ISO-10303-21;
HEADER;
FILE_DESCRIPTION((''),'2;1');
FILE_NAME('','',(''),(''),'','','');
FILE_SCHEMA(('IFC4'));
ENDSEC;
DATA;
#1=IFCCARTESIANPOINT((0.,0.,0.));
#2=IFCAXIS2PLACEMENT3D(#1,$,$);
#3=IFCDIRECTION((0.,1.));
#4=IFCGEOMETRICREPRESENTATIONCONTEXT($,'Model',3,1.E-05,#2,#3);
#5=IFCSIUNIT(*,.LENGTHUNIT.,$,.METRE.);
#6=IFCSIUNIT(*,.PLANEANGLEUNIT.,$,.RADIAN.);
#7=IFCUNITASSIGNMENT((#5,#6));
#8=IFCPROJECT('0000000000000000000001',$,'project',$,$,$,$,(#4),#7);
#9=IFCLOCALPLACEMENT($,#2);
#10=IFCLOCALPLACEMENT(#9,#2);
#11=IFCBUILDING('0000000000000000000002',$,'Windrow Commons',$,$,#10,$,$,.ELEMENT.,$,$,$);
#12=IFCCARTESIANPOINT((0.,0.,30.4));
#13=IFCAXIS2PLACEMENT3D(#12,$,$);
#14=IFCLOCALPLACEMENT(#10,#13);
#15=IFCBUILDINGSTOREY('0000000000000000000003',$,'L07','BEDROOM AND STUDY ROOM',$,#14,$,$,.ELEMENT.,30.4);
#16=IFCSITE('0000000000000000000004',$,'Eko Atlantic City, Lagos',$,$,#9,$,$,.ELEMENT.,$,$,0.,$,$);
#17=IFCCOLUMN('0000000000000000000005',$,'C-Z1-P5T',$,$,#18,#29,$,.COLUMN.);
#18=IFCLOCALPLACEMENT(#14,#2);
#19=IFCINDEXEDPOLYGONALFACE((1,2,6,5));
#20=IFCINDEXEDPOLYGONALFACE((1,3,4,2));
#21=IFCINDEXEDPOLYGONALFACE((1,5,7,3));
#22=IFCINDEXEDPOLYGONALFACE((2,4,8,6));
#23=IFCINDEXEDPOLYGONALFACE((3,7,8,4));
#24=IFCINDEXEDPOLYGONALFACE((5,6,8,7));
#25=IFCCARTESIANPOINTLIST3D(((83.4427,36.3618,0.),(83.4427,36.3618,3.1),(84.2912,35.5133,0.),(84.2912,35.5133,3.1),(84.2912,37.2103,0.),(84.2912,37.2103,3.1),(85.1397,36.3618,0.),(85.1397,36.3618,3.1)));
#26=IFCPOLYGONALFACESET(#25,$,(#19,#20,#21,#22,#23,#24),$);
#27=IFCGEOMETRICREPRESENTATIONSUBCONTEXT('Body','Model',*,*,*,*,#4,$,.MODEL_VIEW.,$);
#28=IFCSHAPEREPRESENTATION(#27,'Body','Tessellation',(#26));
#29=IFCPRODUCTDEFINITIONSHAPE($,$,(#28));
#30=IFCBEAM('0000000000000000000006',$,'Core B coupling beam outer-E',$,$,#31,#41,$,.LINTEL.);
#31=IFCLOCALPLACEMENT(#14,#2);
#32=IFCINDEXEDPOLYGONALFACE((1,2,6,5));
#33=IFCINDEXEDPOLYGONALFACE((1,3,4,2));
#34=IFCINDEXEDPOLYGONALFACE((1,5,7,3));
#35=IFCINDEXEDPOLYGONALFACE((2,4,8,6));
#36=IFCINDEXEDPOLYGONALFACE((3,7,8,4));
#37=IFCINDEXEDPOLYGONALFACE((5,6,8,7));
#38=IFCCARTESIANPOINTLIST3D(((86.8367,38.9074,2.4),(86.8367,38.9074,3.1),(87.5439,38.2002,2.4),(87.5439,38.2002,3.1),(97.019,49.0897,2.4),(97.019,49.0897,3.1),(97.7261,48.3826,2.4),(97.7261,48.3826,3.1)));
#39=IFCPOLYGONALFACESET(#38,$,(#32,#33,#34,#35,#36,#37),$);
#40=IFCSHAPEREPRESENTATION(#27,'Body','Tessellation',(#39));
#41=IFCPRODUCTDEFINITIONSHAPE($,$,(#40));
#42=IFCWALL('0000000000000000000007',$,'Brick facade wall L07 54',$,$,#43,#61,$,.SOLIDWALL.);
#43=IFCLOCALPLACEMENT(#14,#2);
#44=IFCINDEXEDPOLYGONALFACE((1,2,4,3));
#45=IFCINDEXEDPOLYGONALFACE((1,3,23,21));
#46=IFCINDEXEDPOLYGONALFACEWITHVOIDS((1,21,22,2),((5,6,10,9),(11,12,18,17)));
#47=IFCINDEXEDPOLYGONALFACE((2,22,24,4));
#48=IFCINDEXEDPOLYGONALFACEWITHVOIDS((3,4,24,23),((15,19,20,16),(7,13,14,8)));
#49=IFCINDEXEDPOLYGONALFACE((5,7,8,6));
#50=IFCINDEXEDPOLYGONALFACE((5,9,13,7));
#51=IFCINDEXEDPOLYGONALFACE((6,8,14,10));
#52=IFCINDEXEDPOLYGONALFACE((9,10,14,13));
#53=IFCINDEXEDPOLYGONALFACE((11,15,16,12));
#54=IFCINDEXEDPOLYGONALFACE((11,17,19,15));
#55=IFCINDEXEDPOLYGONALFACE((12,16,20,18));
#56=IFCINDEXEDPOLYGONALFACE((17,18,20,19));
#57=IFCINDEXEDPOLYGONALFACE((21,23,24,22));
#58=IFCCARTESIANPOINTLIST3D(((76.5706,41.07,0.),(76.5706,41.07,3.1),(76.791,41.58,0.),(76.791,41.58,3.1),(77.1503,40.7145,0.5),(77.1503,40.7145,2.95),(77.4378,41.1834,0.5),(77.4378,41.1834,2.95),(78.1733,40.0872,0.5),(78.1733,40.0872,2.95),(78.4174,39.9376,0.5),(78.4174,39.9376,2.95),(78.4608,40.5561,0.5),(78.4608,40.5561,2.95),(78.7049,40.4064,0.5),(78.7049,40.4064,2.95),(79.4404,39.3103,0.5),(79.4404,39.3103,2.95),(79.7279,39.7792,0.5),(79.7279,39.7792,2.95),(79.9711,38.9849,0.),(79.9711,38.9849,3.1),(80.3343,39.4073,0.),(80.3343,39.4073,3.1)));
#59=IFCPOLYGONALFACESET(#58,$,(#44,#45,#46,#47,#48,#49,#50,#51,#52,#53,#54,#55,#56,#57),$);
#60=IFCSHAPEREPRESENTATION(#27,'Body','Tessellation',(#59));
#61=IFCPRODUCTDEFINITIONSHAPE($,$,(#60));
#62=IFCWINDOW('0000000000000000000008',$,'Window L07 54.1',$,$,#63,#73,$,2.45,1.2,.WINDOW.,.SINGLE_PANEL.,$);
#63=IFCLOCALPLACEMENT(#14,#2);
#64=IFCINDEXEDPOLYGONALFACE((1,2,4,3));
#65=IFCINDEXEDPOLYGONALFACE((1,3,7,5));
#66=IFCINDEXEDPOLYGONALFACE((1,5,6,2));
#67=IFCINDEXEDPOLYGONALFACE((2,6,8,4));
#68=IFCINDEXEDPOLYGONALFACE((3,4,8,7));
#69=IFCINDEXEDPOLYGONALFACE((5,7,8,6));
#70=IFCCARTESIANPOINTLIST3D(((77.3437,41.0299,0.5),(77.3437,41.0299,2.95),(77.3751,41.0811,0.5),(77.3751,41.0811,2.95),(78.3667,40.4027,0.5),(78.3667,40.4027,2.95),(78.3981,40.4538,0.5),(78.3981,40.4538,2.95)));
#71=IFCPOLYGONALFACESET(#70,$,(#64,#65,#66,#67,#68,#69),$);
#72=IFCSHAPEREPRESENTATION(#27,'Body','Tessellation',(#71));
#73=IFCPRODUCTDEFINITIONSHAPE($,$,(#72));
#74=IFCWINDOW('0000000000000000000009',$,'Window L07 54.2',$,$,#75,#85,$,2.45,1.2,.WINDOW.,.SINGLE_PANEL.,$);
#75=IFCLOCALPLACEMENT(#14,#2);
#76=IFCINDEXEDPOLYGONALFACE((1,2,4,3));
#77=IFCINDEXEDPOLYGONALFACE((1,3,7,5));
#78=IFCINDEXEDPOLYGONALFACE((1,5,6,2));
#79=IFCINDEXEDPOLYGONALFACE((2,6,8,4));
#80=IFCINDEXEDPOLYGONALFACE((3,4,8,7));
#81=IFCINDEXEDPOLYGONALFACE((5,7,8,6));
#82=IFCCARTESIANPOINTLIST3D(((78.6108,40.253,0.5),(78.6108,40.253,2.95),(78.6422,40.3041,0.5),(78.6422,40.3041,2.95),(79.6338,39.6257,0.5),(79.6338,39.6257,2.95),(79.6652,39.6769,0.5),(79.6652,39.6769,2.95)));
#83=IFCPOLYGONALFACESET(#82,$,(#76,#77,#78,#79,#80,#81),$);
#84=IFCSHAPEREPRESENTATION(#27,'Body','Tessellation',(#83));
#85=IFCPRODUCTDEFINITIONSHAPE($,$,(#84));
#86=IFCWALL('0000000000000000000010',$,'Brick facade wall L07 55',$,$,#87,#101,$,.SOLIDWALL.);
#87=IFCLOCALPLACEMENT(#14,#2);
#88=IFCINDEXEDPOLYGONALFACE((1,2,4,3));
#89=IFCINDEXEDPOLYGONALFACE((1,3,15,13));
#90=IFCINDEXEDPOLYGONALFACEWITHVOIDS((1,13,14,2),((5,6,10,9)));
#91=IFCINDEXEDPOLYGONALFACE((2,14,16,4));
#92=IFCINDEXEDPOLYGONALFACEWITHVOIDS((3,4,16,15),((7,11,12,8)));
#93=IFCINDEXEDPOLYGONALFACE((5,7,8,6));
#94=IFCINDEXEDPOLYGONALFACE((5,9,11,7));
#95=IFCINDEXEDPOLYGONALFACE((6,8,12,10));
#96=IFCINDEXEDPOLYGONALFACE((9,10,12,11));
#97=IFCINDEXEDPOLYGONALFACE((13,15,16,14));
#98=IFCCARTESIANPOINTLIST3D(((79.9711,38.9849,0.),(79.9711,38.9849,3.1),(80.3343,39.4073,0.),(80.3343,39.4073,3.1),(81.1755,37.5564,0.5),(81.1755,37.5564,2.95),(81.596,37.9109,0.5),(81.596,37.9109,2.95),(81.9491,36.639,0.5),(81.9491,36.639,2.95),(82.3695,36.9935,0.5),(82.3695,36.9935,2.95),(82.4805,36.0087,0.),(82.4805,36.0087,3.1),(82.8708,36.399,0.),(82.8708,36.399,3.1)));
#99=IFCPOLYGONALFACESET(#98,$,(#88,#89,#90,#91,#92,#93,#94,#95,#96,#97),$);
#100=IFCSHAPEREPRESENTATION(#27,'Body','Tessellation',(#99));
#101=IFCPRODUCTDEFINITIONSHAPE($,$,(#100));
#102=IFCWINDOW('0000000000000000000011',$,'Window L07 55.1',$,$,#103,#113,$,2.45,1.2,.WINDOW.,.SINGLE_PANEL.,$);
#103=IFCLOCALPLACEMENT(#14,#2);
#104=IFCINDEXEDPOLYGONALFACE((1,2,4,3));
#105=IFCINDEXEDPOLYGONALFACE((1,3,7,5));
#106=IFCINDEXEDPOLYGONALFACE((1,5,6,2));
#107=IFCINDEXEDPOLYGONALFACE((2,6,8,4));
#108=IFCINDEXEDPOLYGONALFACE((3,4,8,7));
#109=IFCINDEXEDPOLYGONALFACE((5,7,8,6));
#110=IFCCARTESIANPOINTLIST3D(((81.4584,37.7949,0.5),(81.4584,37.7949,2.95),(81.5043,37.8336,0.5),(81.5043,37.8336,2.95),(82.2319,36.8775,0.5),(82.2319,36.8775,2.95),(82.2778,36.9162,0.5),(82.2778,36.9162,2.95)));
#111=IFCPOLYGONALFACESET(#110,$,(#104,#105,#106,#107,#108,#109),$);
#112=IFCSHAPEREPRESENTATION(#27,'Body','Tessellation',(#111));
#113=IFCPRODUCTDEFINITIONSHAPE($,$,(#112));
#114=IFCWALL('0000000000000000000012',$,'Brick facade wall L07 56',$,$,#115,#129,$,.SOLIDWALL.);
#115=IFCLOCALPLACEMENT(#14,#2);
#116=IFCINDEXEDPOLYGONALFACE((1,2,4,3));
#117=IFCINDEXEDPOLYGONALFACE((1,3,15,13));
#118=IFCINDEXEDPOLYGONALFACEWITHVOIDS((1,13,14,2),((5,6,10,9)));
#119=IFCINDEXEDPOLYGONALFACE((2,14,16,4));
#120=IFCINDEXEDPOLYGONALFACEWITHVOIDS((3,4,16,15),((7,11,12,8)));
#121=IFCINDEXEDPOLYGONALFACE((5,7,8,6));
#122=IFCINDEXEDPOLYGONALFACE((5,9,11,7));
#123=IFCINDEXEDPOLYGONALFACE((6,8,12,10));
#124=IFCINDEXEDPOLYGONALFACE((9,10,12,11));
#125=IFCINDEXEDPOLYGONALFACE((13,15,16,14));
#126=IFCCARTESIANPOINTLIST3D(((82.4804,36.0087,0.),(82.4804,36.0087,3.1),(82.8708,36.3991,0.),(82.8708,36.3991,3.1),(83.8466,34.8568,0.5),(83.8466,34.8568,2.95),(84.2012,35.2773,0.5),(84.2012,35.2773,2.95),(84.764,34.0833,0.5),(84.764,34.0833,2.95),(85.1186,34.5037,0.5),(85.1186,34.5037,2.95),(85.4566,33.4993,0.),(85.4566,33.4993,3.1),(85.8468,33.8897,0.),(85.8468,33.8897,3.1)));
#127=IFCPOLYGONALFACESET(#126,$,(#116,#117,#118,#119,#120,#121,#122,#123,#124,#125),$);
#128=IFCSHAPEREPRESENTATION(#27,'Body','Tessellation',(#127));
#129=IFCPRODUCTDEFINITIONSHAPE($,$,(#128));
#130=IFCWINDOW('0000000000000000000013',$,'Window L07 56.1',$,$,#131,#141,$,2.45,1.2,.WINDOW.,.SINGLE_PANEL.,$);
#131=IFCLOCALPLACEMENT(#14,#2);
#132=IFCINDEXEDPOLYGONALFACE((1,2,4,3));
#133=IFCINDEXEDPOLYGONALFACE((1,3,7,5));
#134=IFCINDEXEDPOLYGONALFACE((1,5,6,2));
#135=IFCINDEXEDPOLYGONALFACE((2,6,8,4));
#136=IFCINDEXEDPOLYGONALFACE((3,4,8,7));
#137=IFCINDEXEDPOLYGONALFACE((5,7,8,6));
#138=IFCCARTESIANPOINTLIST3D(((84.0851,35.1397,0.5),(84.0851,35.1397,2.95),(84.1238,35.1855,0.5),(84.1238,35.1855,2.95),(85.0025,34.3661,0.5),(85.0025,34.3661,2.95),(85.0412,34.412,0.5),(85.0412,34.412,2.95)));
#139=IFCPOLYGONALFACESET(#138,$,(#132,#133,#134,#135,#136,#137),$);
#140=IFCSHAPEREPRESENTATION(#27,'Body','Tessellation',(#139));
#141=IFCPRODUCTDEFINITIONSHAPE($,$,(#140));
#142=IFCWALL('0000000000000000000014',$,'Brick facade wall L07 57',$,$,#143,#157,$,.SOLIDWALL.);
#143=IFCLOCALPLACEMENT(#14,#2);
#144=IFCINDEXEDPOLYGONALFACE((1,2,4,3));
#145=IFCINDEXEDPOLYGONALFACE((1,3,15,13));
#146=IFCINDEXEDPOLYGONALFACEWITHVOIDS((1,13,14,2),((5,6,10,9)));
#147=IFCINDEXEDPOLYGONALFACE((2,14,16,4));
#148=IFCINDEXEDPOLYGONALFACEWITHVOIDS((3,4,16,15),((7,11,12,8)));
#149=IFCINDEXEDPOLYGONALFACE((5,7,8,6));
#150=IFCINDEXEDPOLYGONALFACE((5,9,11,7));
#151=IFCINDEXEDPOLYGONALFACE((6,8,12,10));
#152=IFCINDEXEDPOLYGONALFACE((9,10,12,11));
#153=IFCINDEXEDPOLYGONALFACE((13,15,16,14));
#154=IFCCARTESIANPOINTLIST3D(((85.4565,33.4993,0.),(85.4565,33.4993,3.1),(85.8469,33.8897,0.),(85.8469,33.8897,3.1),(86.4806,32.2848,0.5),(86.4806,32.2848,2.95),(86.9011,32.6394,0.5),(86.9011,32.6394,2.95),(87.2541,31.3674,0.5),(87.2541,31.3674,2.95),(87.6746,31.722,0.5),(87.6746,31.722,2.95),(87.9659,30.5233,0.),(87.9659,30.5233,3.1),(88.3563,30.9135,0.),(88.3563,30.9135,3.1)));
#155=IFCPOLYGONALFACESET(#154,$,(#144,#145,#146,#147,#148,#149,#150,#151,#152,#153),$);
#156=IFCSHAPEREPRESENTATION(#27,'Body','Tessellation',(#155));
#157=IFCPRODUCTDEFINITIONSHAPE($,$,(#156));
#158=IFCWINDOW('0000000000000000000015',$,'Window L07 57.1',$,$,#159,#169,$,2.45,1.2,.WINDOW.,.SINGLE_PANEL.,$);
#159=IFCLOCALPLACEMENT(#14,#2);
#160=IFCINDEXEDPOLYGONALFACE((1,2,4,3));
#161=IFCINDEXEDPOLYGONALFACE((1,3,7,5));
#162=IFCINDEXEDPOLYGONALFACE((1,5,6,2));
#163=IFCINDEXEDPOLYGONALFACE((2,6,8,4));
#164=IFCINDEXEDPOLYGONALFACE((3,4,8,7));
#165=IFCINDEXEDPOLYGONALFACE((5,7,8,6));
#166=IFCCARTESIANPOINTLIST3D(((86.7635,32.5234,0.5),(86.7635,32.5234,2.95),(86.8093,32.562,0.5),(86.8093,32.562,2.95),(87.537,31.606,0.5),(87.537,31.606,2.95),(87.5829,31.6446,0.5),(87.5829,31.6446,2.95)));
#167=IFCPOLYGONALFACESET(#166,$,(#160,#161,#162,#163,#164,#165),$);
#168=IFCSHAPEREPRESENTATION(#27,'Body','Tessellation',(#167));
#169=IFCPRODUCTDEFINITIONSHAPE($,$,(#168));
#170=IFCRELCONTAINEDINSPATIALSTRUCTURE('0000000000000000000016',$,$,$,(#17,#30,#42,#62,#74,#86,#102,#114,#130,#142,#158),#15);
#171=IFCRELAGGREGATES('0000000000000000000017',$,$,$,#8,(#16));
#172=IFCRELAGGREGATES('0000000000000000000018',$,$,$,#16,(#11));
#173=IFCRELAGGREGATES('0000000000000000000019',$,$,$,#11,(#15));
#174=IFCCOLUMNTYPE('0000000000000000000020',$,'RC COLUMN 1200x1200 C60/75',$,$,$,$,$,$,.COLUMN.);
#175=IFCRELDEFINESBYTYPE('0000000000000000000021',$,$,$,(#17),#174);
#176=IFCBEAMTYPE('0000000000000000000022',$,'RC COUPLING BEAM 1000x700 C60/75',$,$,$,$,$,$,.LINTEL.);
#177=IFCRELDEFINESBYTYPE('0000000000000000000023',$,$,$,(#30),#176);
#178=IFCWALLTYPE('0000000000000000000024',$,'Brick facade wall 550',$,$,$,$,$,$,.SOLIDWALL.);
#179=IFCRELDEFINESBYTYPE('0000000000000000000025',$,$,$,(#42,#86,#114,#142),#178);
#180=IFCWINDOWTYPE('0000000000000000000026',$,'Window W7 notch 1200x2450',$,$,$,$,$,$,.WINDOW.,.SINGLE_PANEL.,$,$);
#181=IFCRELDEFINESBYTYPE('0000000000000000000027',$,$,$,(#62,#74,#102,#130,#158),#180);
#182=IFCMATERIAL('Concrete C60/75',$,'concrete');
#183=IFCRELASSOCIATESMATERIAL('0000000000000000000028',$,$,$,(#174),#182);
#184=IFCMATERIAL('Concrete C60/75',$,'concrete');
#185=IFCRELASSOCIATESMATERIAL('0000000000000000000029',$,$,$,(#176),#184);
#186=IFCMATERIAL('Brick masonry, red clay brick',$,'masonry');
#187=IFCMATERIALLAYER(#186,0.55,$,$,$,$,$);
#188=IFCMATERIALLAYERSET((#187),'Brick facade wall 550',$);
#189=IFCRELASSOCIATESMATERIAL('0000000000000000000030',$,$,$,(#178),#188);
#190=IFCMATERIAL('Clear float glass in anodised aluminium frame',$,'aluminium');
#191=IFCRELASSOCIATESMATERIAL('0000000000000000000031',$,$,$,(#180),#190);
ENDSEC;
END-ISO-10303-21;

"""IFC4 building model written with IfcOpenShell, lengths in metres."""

from ifc_helpers import new_model, si_unit, direction, frame, frame_2d, origin, origin_2d, place, context, subcontext, project, spatial, polyline, rectangle, outline, extrude, material, layer, layer_set, material_profile, profile_set, type_object, element, fill, save


model = new_model("IFC4")

# Units and contexts
model_context = context("Model", 3, precision=1e-05, world=origin(), true_north=direction((0.0, 1.0)))
body_context = subcontext(model_context, "Body", "Model", "MODEL_VIEW")
ifc_project = project(units=[si_unit("LENGTHUNIT", "METRE"), si_unit("PLANEANGLEUNIT", "RADIAN")], contexts=[model_context])

# Site, building, storey
site_placement = place(None, origin())
site = spatial("IfcSite", under=ifc_project, at=site_placement, Name="Eko Atlantic City, Lagos", CompositionType="ELEMENT", RefElevation=0.0)
building_placement = place(site_placement, origin())
building = spatial("IfcBuilding", under=site, at=building_placement, Name="Windrow Commons", CompositionType="ELEMENT")
storey_placement = place(building_placement, frame((0.0, 0.0, 30.4)))
storey = spatial("IfcBuildingStorey", under=building, at=storey_placement, Name="L07", Description="BEDROOM AND STUDY ROOM", CompositionType="ELEMENT", Elevation=30.4)

# Column
ifc_material_1 = material(Name="Concrete C60/75", Category="concrete")
ifc_material_profile_1 = material_profile(ifc_material_1, rectangle(XDim=1.2, YDim=1.2, at=origin_2d()))
ifc_profile_set_1 = profile_set([ifc_material_profile_1], Name="Concrete C60/75")
column_type = type_object("IfcColumnType", Name="RC COLUMN 1200x1200 C60/75", PredefinedType="COLUMN", material=ifc_profile_set_1)
column_placement = place(storey_placement, frame((84.2912, 36.3618, 0.0), z_axis=(0.0, 0.0, 1.0), x_axis=(0.707107, -0.707107, 0.0)))
element("IfcColumn", 1, at=column_placement, inside=storey, type_object=column_type, Name="C-Z1-P5T", PredefinedType="COLUMN", context=body_context, shape_type="SweptSolid", body=[
    extrude(rectangle(XDim=1.2, YDim=1.2, at=origin_2d()), origin(), (0.0, 0.0, 1.0), 3.1),
])

# Beam
ifc_material_2 = material(Name="Concrete C60/75", Category="concrete")
ifc_material_profile_2 = material_profile(ifc_material_2, rectangle(XDim=1.0, YDim=0.7, at=origin_2d()))
ifc_profile_set_2 = profile_set([ifc_material_profile_2], Name="Concrete C60/75")
beam_type = type_object("IfcBeamType", Name="RC COUPLING BEAM 1000x700 C60/75", PredefinedType="LINTEL", material=ifc_profile_set_2)
beam_placement = place(storey_placement, frame((87.1903, 38.5538, 2.75), z_axis=(0.707103, 0.70711, 0.0), x_axis=(-0.70711, 0.707103, 0.0)))
element("IfcBeam", 2, at=beam_placement, inside=storey, type_object=beam_type, Name="Core B coupling beam outer-E", PredefinedType="LINTEL", context=body_context, shape_type="SweptSolid", body=[
    extrude(rectangle(XDim=1.0, YDim=0.7, at=origin_2d()), origin(), (0.0, 0.0, 1.0), 14.4),
])

# Wall, openings, windows
ifc_material_3 = material(Name="Brick masonry, red clay brick", Category="masonry")
ifc_layer_1 = layer(ifc_material_3, 0.55)
ifc_layer_set_1 = layer_set([ifc_layer_1], Name="Brick facade wall 550")
wall_type_1 = type_object("IfcWallType", Name="Brick facade wall 550", PredefinedType="SOLIDWALL", material=ifc_layer_set_1)
wall_1_placement = place(storey_placement, frame((76.6808, 41.325, 0.0), z_axis=(0.0, 0.0, 1.0), x_axis=(0.852496, -0.522734, 0.0)))
wall_1 = element("IfcWall", 3, at=wall_1_placement, inside=storey, type_object=wall_type_1, Name="Brick facade wall L07 54", PredefinedType="SOLIDWALL", context=body_context, shape_type="SweptSolid", body=[
    extrude(outline(polyline([(0.0394, -0.275), (4.0282, -0.275), (4.117, 0.275), (-0.0394, 0.275), (0.0394, -0.275)])), origin(), (0.0, 0.0, 1.0), 3.1),
])
opening_1_placement = place(wall_1_placement, frame((0.7194, 0.0, 0.5)))
opening_1 = element("IfcOpeningElement", 4, at=opening_1_placement, cuts=wall_1, PredefinedType="OPENING", context=body_context, shape_type="SweptSolid", body=[
    extrude(rectangle(XDim=1.2, YDim=2.45, at=frame_2d((0.6, 1.225))), frame((0.0, 0.285, 0.0), z_axis=(0.0, -1.0, 0.0), x_axis=(1.0, 0.0, 0.0)), (0.0, 0.0, 1.0), 0.57),
])
opening_2_placement = place(wall_1_placement, frame((2.2057, 0.0, 0.5)))
opening_2 = element("IfcOpeningElement", 5, at=opening_2_placement, cuts=wall_1, PredefinedType="OPENING", context=body_context, shape_type="SweptSolid", body=[
    extrude(rectangle(XDim=1.2, YDim=2.45, at=frame_2d((0.6, 1.225))), frame((0.0, 0.285, 0.0), z_axis=(0.0, -1.0, 0.0), x_axis=(1.0, 0.0, 0.0)), (0.0, 0.0, 1.0), 0.57),
])
ifc_material_4 = material(Name="Clear float glass in anodised aluminium frame", Category="aluminium")
window_type = type_object("IfcWindowType", Name="Window W7 notch 1200x2450", PartitioningType="SINGLE_PANEL", PredefinedType="WINDOW", material=ifc_material_4)
window_1_placement = place(opening_1_placement, origin())
window_1 = element("IfcWindow", 6, at=window_1_placement, inside=storey, type_object=window_type, Name="Window L07 54.1", OverallHeight=2.45, OverallWidth=1.2, PartitioningType="SINGLE_PANEL", PredefinedType="WINDOW", context=body_context, shape_type="SweptSolid", body=[
    extrude(rectangle(XDim=1.2, YDim=2.45, at=frame_2d((0.6, 1.225))), frame((0.0, 0.155, 0.0), z_axis=(0.0, -1.0, 0.0), x_axis=(1.0, 0.0, 0.0)), (0.0, 0.0, 1.0), 0.06),
])
fill(opening_1, window_1)
window_2_placement = place(opening_2_placement, origin())
window_2 = element("IfcWindow", 7, at=window_2_placement, inside=storey, type_object=window_type, Name="Window L07 54.2", OverallHeight=2.45, OverallWidth=1.2, PartitioningType="SINGLE_PANEL", PredefinedType="WINDOW", context=body_context, shape_type="SweptSolid", body=[
    extrude(rectangle(XDim=1.2, YDim=2.45, at=frame_2d((0.6, 1.225))), frame((0.0, 0.155, 0.0), z_axis=(0.0, -1.0, 0.0), x_axis=(1.0, 0.0, 0.0)), (0.0, 0.0, 1.0), 0.06),
])
fill(opening_2, window_2)

# Walls, openings, windows
wall_2_placement = place(storey_placement, frame((80.1527, 39.1961, 0.0), z_axis=(0.0, 0.0, 1.0), x_axis=(0.644607, -0.764514, 0.0)))
wall_2 = element("IfcWall", 8, at=wall_2_placement, inside=storey, type_object=wall_type_1, Name="Brick facade wall L07 55", PredefinedType="SOLIDWALL", context=body_context, shape_type="SweptSolid", body=[
    extrude(outline(polyline([(0.0444, -0.275), (3.9373, -0.275), (3.8905, 0.275), (-0.0444, 0.275), (0.0444, -0.275)])), origin(), (0.0, 0.0, 1.0), 3.1),
])
opening_3_placement = place(wall_2_placement, frame((1.9129, 0.0, 0.5)))
opening_3 = element("IfcOpeningElement", 9, at=opening_3_placement, cuts=wall_2, PredefinedType="OPENING", context=body_context, shape_type="SweptSolid", body=[
    extrude(rectangle(XDim=1.2, YDim=2.45, at=frame_2d((0.6, 1.225))), frame((0.0, 0.285, 0.0), z_axis=(0.0, -1.0, 0.0), x_axis=(1.0, 0.0, 0.0)), (0.0, 0.0, 1.0), 0.57),
])
window_3_placement = place(opening_3_placement, origin())
window_3 = element("IfcWindow", 10, at=window_3_placement, inside=storey, type_object=window_type, Name="Window L07 55.1", OverallHeight=2.45, OverallWidth=1.2, PartitioningType="SINGLE_PANEL", PredefinedType="WINDOW", context=body_context, shape_type="SweptSolid", body=[
    extrude(rectangle(XDim=1.2, YDim=2.45, at=frame_2d((0.6, 1.225))), frame((0.0, 0.155, 0.0), z_axis=(0.0, -1.0, 0.0), x_axis=(1.0, 0.0, 0.0)), (0.0, 0.0, 1.0), 0.06),
])
fill(opening_3, window_3)
wall_3_placement = place(storey_placement, frame((82.6756, 36.2039, 0.0), z_axis=(0.0, 0.0, 1.0), x_axis=(0.764505, -0.644618, 0.0)))
wall_3 = element("IfcWall", 11, at=wall_3_placement, inside=storey, type_object=wall_type_1, Name="Brick facade wall L07 56", PredefinedType="SOLIDWALL", context=body_context, shape_type="SweptSolid", body=[
    extrude(outline(polyline([(-0.0234, -0.275), (3.8695, -0.275), (3.9162, 0.275), (0.0234, 0.275), (-0.0234, -0.275)])), origin(), (0.0, 0.0, 1.0), 3.1),
])
opening_4_placement = place(wall_3_placement, frame((1.7636, 0.0, 0.5)))
opening_4 = element("IfcOpeningElement", 12, at=opening_4_placement, cuts=wall_3, PredefinedType="OPENING", context=body_context, shape_type="SweptSolid", body=[
    extrude(rectangle(XDim=1.2, YDim=2.45, at=frame_2d((0.6, 1.225))), frame((0.0, 0.285, 0.0), z_axis=(0.0, -1.0, 0.0), x_axis=(1.0, 0.0, 0.0)), (0.0, 0.0, 1.0), 0.57),
])
window_4_placement = place(opening_4_placement, origin())
window_4 = element("IfcWindow", 13, at=window_4_placement, inside=storey, type_object=window_type, Name="Window L07 56.1", OverallHeight=2.45, OverallWidth=1.2, PartitioningType="SINGLE_PANEL", PredefinedType="WINDOW", context=body_context, shape_type="SweptSolid", body=[
    extrude(rectangle(XDim=1.2, YDim=2.45, at=frame_2d((0.6, 1.225))), frame((0.0, 0.155, 0.0), z_axis=(0.0, -1.0, 0.0), x_axis=(1.0, 0.0, 0.0)), (0.0, 0.0, 1.0), 0.06),
])
fill(opening_4, window_4)
wall_4_placement = place(storey_placement, frame((85.6517, 33.6945, 0.0), z_axis=(0.0, 0.0, 1.0), x_axis=(0.644618, -0.764505, 0.0)))
wall_4 = element("IfcWall", 14, at=wall_4_placement, inside=storey, type_object=wall_type_1, Name="Brick facade wall L07 57", PredefinedType="SOLIDWALL", context=body_context, shape_type="SweptSolid", body=[
    extrude(outline(polyline([(0.0234, -0.275), (3.9162, -0.275), (3.8695, 0.275), (-0.0234, 0.275), (0.0234, -0.275)])), origin(), (0.0, 0.0, 1.0), 3.1),
])
opening_5_placement = place(wall_4_placement, frame((1.612, 0.0, 0.5)))
opening_5 = element("IfcOpeningElement", 15, at=opening_5_placement, cuts=wall_4, PredefinedType="OPENING", context=body_context, shape_type="SweptSolid", body=[
    extrude(rectangle(XDim=1.2, YDim=2.45, at=frame_2d((0.6, 1.225))), frame((0.0, 0.285, 0.0), z_axis=(0.0, -1.0, 0.0), x_axis=(1.0, 0.0, 0.0)), (0.0, 0.0, 1.0), 0.57),
])
window_5_placement = place(opening_5_placement, origin())
window_5 = element("IfcWindow", 16, at=window_5_placement, inside=storey, type_object=window_type, Name="Window L07 57.1", OverallHeight=2.45, OverallWidth=1.2, PartitioningType="SINGLE_PANEL", PredefinedType="WINDOW", context=body_context, shape_type="SweptSolid", body=[
    extrude(rectangle(XDim=1.2, YDim=2.45, at=frame_2d((0.6, 1.225))), frame((0.0, 0.155, 0.0), z_axis=(0.0, -1.0, 0.0), x_axis=(1.0, 0.0, 0.0)), (0.0, 0.0, 1.0), 0.06),
])
fill(opening_5, window_5)

save(model, "model.ifc")
